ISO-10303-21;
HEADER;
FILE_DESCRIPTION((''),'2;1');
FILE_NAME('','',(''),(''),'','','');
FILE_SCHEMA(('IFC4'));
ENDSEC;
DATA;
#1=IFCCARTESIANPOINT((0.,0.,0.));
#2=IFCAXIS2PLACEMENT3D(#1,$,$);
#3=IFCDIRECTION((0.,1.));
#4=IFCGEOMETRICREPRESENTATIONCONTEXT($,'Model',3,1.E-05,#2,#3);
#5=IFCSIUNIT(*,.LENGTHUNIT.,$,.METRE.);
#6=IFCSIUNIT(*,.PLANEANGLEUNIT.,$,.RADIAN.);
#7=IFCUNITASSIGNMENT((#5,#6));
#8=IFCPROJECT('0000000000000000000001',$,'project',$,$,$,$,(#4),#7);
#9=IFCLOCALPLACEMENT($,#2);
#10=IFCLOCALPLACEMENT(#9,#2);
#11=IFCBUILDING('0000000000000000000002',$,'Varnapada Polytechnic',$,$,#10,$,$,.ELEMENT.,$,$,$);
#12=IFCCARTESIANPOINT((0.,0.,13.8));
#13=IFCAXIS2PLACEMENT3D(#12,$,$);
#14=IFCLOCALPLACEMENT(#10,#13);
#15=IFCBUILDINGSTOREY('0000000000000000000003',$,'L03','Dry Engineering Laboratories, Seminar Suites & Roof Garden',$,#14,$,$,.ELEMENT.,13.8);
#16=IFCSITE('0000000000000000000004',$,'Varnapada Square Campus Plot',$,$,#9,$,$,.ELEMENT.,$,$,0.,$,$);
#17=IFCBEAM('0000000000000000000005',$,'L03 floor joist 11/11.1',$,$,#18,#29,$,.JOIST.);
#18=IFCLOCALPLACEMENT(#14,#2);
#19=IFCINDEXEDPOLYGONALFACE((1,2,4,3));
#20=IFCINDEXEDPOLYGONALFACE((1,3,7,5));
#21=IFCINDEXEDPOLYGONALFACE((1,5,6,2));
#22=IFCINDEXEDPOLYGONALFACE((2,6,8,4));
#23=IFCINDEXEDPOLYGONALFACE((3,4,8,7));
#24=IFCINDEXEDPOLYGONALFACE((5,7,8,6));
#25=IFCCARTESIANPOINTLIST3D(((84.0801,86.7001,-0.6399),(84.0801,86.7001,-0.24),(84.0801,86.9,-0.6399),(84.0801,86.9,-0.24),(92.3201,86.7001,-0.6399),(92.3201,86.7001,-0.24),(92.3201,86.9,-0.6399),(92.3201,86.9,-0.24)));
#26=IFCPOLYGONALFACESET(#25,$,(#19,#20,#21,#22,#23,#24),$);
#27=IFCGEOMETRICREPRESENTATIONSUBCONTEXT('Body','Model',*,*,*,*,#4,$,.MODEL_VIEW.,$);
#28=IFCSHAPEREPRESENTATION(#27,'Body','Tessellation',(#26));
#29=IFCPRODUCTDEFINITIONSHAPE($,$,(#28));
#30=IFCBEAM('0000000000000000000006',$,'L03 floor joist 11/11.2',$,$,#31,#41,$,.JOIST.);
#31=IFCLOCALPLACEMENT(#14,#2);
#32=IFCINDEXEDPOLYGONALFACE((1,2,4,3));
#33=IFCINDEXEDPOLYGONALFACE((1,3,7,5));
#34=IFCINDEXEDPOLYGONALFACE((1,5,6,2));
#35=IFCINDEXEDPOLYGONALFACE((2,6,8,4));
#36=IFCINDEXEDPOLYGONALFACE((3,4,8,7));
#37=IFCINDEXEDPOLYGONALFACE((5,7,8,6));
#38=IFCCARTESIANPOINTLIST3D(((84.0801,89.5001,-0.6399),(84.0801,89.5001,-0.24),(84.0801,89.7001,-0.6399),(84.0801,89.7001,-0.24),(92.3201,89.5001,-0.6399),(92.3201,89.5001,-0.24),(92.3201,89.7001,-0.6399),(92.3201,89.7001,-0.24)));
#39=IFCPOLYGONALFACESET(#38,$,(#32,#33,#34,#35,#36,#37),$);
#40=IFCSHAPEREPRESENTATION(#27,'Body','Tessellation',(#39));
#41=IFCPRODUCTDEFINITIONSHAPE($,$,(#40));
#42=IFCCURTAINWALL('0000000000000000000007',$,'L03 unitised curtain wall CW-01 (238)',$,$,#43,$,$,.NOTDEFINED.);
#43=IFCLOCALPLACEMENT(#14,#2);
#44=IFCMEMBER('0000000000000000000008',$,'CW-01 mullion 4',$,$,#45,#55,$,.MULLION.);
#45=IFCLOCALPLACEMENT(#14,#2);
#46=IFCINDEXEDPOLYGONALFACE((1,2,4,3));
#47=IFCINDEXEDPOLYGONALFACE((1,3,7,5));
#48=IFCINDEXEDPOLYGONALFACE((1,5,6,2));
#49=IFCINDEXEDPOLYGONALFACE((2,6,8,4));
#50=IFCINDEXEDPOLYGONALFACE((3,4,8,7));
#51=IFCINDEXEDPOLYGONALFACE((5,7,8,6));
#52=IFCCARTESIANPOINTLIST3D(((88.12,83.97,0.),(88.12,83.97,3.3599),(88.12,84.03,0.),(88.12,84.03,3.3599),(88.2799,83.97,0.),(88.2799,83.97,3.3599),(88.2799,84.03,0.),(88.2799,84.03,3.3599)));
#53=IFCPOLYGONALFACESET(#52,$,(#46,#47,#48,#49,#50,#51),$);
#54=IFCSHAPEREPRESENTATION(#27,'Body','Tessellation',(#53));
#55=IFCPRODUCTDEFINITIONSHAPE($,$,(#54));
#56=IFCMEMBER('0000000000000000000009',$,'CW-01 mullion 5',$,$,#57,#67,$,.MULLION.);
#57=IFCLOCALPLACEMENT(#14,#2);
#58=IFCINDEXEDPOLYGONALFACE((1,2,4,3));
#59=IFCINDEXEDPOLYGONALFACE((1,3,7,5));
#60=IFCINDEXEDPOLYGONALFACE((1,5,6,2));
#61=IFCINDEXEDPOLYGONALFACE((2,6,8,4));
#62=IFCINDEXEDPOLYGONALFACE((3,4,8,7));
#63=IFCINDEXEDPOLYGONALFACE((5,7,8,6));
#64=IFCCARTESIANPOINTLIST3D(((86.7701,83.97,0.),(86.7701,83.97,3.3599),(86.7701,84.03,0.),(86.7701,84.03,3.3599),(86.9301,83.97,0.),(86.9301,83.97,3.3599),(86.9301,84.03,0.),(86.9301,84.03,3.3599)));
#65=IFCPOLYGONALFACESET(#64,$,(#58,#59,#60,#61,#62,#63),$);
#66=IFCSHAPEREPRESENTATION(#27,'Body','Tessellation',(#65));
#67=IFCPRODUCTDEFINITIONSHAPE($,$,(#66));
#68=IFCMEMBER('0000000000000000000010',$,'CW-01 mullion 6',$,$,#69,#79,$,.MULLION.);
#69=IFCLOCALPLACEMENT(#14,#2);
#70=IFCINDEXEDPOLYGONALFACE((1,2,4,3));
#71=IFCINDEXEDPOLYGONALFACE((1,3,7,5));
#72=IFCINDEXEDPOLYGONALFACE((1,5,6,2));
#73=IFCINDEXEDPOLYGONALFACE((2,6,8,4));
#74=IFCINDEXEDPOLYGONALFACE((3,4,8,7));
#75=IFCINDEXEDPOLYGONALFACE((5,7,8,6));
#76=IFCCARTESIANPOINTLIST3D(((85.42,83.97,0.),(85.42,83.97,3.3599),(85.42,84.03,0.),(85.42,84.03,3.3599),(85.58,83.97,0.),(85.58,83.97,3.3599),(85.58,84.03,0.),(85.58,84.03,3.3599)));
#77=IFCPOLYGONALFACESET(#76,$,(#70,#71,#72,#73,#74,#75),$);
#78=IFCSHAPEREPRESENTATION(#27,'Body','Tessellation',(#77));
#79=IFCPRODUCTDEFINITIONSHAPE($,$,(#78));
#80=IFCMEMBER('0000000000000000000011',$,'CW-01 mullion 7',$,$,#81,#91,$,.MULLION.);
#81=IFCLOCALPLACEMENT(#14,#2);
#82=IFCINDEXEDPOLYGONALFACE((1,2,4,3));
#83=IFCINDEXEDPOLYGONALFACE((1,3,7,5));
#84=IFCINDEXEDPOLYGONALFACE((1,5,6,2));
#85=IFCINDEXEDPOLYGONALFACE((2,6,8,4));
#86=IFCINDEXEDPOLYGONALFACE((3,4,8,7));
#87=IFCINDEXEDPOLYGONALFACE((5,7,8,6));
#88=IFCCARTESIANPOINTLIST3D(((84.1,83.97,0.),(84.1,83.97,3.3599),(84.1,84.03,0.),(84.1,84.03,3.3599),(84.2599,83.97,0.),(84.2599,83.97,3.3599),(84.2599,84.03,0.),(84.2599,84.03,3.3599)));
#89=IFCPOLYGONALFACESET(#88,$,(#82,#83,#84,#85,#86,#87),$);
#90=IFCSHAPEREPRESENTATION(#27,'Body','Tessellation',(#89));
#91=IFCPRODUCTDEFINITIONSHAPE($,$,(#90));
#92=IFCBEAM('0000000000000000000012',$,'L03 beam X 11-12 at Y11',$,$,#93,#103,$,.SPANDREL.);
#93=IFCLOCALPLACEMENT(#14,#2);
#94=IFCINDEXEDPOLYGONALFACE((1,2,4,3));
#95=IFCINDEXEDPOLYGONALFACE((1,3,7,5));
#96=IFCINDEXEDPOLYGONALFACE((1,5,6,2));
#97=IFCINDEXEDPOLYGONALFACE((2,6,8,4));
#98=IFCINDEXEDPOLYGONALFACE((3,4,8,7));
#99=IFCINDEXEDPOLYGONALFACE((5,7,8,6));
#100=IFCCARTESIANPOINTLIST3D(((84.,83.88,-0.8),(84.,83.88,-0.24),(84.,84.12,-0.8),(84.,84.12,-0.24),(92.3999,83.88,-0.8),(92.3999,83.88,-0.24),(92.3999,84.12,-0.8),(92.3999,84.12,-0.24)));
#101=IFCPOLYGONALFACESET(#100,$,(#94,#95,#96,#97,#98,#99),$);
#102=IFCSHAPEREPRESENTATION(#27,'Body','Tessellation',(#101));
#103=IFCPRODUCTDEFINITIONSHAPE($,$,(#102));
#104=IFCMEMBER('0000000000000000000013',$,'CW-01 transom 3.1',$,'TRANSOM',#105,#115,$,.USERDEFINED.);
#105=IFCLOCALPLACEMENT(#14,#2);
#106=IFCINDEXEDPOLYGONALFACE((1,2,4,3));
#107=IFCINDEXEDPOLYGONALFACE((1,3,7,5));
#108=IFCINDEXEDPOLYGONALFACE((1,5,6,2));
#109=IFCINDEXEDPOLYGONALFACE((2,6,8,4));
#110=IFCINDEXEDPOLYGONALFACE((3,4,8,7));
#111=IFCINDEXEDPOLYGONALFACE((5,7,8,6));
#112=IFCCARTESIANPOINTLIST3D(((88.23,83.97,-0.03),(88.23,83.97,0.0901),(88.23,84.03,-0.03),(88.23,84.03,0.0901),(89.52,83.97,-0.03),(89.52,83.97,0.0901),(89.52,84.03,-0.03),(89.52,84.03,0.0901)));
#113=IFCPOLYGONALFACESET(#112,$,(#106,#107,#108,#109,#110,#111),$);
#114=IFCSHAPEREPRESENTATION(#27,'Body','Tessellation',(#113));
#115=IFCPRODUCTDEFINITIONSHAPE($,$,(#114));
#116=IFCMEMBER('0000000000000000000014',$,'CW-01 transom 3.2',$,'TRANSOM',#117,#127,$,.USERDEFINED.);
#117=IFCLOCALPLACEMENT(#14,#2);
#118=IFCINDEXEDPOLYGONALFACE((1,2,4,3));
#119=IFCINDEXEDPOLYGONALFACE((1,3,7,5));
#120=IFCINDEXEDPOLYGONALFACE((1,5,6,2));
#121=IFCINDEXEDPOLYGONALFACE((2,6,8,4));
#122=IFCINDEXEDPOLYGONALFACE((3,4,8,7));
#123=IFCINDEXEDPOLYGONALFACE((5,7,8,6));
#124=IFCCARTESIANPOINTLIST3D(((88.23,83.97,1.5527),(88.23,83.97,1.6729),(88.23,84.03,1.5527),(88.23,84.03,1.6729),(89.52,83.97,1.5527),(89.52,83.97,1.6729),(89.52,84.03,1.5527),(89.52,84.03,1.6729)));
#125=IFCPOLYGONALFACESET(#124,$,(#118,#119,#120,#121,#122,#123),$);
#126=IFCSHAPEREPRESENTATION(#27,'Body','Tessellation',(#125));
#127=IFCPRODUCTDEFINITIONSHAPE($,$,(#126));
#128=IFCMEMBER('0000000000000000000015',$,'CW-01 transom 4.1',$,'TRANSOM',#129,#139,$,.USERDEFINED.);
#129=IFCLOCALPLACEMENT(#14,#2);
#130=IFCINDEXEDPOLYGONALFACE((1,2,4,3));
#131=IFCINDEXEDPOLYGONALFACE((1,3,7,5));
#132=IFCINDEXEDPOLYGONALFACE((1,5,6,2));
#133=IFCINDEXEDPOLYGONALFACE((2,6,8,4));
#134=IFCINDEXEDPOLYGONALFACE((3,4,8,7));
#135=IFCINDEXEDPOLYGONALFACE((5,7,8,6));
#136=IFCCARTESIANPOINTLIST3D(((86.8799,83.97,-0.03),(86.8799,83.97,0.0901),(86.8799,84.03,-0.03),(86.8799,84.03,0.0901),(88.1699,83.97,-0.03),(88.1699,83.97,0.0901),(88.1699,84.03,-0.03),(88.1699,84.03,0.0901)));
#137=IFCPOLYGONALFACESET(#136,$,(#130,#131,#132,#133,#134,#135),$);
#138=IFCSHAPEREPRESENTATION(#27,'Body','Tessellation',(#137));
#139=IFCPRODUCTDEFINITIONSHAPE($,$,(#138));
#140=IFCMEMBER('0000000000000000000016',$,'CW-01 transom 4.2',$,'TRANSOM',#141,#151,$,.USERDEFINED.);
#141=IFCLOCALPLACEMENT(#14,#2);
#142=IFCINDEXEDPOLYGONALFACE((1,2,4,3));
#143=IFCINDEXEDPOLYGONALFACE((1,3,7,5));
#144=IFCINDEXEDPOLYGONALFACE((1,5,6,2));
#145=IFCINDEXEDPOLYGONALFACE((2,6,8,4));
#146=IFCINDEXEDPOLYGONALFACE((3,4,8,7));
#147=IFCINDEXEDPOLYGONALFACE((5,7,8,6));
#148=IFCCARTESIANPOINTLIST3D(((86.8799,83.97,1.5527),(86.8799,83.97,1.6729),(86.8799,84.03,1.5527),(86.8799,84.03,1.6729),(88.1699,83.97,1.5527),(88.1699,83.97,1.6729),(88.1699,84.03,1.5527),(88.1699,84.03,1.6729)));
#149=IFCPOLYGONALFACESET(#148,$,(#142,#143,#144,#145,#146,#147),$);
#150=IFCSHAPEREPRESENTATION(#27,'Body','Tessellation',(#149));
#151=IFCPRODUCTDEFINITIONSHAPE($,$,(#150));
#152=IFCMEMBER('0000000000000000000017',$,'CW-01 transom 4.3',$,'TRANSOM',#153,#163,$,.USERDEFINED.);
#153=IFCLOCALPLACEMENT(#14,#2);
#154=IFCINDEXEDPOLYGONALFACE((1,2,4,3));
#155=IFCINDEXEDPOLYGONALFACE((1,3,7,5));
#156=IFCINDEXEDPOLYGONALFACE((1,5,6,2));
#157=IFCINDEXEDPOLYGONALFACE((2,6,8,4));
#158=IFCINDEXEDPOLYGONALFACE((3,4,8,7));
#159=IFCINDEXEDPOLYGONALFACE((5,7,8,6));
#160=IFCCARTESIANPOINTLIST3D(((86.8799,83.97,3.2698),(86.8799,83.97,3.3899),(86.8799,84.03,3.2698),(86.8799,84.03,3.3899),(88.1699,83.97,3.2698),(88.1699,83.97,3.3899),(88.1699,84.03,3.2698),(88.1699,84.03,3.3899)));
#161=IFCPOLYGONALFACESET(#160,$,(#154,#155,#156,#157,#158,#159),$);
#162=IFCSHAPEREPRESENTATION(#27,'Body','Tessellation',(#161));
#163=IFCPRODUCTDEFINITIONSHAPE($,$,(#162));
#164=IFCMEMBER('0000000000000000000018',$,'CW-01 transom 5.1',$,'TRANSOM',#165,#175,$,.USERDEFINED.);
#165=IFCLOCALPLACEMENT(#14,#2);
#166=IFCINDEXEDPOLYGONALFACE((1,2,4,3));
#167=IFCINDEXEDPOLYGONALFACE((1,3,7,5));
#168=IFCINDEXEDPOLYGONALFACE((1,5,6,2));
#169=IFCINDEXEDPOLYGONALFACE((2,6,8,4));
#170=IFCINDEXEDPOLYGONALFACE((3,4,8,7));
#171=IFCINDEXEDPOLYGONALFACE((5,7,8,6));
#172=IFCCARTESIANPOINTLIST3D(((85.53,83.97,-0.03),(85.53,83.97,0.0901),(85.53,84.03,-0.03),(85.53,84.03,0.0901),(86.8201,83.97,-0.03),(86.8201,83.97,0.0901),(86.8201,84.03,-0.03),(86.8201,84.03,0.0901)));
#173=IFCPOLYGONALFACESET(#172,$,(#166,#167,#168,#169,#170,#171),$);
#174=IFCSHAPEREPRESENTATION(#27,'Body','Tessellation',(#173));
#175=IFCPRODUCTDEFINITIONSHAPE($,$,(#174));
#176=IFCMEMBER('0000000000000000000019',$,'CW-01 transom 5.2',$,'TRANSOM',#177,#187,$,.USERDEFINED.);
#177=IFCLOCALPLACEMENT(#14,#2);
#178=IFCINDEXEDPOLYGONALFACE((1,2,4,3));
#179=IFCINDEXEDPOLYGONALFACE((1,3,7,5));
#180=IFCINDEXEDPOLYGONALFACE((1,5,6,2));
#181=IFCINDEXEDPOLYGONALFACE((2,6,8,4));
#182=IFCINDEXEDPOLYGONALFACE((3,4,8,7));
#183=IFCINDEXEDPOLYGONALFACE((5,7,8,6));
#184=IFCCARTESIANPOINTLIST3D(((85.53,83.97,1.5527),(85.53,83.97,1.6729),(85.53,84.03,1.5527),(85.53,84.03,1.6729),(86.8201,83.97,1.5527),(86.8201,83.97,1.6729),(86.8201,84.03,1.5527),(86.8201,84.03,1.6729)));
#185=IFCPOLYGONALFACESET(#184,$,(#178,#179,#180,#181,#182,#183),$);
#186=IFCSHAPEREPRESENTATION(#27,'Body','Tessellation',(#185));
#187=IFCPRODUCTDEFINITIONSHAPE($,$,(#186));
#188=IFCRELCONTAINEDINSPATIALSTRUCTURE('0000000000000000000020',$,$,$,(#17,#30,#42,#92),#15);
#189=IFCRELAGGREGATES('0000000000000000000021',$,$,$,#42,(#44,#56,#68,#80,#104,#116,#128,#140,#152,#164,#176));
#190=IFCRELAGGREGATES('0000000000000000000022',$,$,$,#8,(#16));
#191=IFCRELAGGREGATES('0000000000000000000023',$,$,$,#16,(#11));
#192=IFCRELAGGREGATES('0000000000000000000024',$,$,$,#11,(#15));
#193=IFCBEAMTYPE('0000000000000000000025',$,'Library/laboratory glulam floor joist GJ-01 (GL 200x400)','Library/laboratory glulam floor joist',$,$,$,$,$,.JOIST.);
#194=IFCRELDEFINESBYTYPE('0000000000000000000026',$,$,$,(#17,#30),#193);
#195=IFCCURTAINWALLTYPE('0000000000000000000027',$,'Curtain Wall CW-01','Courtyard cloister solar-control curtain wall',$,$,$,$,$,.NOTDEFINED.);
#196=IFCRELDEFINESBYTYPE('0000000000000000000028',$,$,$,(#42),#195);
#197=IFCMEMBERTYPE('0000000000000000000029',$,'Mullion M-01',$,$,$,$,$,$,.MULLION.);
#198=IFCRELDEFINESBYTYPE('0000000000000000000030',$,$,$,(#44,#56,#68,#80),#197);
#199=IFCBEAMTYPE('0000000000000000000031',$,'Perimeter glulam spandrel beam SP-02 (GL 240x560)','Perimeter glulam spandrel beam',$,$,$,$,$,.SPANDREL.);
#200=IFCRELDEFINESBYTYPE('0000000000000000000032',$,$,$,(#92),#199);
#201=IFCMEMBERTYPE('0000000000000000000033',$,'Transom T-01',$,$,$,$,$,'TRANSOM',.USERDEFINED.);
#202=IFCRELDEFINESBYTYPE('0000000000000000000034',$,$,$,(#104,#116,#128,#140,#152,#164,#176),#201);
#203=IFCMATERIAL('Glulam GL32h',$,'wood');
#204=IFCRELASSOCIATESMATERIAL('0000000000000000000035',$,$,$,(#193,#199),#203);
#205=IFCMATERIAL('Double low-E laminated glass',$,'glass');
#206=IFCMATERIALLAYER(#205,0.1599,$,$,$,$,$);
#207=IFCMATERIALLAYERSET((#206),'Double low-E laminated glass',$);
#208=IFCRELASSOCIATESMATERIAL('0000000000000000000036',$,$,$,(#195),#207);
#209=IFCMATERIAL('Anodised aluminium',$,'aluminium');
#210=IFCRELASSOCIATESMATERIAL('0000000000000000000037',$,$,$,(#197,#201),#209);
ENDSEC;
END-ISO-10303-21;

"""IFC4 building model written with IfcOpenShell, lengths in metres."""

from ifc_helpers import new_model, si_unit, direction, frame, origin, origin_2d, place, context, subcontext, project, spatial, rectangle, extrude, material, layer, layer_set, material_profile, profile_set, type_object, element, aggregate, save


model = new_model("IFC4")

# Units and contexts
model_context = context("Model", 3, precision=1e-05, world=origin(), true_north=direction((0.0, 1.0)))
body_context = subcontext(model_context, "Body", "Model", "MODEL_VIEW")
ifc_project = project(units=[si_unit("LENGTHUNIT", "METRE"), si_unit("PLANEANGLEUNIT", "RADIAN")], contexts=[model_context])

# Site, building, storey
site_placement = place(None, origin())
site = spatial("IfcSite", under=ifc_project, at=site_placement, Name="Varnapada Square Campus Plot", CompositionType="ELEMENT", RefElevation=0.0)
building_placement = place(site_placement, origin())
building = spatial("IfcBuilding", under=site, at=building_placement, Name="Varnapada Polytechnic", CompositionType="ELEMENT")
storey_placement = place(building_placement, frame((0.0, 0.0, 13.8)))
storey = spatial("IfcBuildingStorey", under=building, at=storey_placement, Name="L03", Description="Dry Engineering Laboratories, Seminar Suites & Roof Garden", CompositionType="ELEMENT", Elevation=13.8)

# Beams
ifc_material_1 = material(Name="Glulam GL32h", Category="wood")
ifc_material_profile_1 = material_profile(ifc_material_1, rectangle(XDim=0.2, YDim=0.3999, at=origin_2d()), Name="GL 200x400")
ifc_profile_set_1 = profile_set([ifc_material_profile_1], Name="Glulam GL32h")
beam_type_1 = type_object("IfcBeamType", Name="Library/laboratory glulam floor joist GJ-01 (GL 200x400)", Description="Library/laboratory glulam floor joist", PredefinedType="JOIST", material=ifc_profile_set_1)
for number, where, z_axis, x_axis, name in (
    (1, (84.0801, 86.8, -0.4399), (1.0, 0.0, 0.0), (0.0, 1.0, 0.0), "L03 floor joist 11/11.1"),
    (2, (84.0801, 89.6001, -0.4399), (1.0, 0.0, 0.0), (0.0, 1.0, 0.0), "L03 floor joist 11/11.2"),
):
    element("IfcBeam", number, at=place(storey_placement, frame(where, z_axis=z_axis, x_axis=x_axis)), inside=storey, type_object=beam_type_1, Name=name, PredefinedType="JOIST", context=body_context, shape_type="SweptSolid", body=[
        extrude(rectangle(XDim=0.2, YDim=0.3999, at=origin_2d()), origin(), (0.0, 0.0, 1.0), 8.24),
    ])

# Curtain wall, members
ifc_material_2 = material(Name="Double low-E laminated glass", Category="glass")
ifc_layer_1 = layer(ifc_material_2, 0.1599)
ifc_layer_set_1 = layer_set([ifc_layer_1], Name="Double low-E laminated glass")
curtain_wall_type = type_object("IfcCurtainWallType", Name="Curtain Wall CW-01", Description="Courtyard cloister solar-control curtain wall", PredefinedType="NOTDEFINED", material=ifc_layer_set_1)
curtain_wall_placement = place(storey_placement, origin())
curtain_wall = element("IfcCurtainWall", 3, at=curtain_wall_placement, inside=storey, type_object=curtain_wall_type, Name="L03 unitised curtain wall CW-01 (238)", PredefinedType="NOTDEFINED")
ifc_material_3 = material(Name="Anodised aluminium", Category="aluminium")
ifc_material_profile_2 = material_profile(ifc_material_3, rectangle(XDim=0.0601, YDim=0.1599, at=origin_2d()), Name="ALU M60x160")
ifc_profile_set_2 = profile_set([ifc_material_profile_2], Name="Anodised aluminium")
member_type_1 = type_object("IfcMemberType", Name="Mullion M-01", PredefinedType="MULLION", material=ifc_profile_set_2)
member_1_placement = place(storey_placement, frame((88.2, 84.0, 0.0), z_axis=(0.0, 0.0, 1.0), x_axis=(0.0, -1.0, 0.0)))
member_1 = element("IfcMember", 4, at=member_1_placement, type_object=member_type_1, Name="CW-01 mullion 4", PredefinedType="MULLION", context=body_context, shape_type="SweptSolid", body=[
    extrude(rectangle(XDim=0.0601, YDim=0.1599, at=origin_2d()), origin(), (0.0, 0.0, 1.0), 3.3599),
])
member_2_placement = place(storey_placement, frame((86.8501, 84.0, 0.0), z_axis=(0.0, 0.0, 1.0), x_axis=(0.0, -1.0, 0.0)))
member_2 = element("IfcMember", 5, at=member_2_placement, type_object=member_type_1, Name="CW-01 mullion 5", PredefinedType="MULLION", context=body_context, shape_type="SweptSolid", body=[
    extrude(rectangle(XDim=0.0601, YDim=0.1599, at=origin_2d()), origin(), (0.0, 0.0, 1.0), 3.3599),
])
member_3_placement = place(storey_placement, frame((85.5, 84.0, 0.0), z_axis=(0.0, 0.0, 1.0), x_axis=(0.0, -1.0, 0.0)))
member_3 = element("IfcMember", 6, at=member_3_placement, type_object=member_type_1, Name="CW-01 mullion 6", PredefinedType="MULLION", context=body_context, shape_type="SweptSolid", body=[
    extrude(rectangle(XDim=0.0601, YDim=0.1599, at=origin_2d()), origin(), (0.0, 0.0, 1.0), 3.3599),
])
member_4_placement = place(storey_placement, frame((84.1799, 84.0, 0.0), z_axis=(0.0, 0.0, 1.0), x_axis=(0.0, -1.0, 0.0)))
member_4 = element("IfcMember", 7, at=member_4_placement, type_object=member_type_1, Name="CW-01 mullion 7", PredefinedType="MULLION", context=body_context, shape_type="SweptSolid", body=[
    extrude(rectangle(XDim=0.0601, YDim=0.1599, at=origin_2d()), origin(), (0.0, 0.0, 1.0), 3.3599),
])

# Beam
ifc_material_profile_3 = material_profile(ifc_material_1, rectangle(XDim=0.24, YDim=0.5601, at=origin_2d()), Name="GL 240x560")
ifc_profile_set_3 = profile_set([ifc_material_profile_3], Name="Glulam GL32h")
beam_type_2 = type_object("IfcBeamType", Name="Perimeter glulam spandrel beam SP-02 (GL 240x560)", Description="Perimeter glulam spandrel beam", PredefinedType="SPANDREL", material=ifc_profile_set_3)
beam_1_placement = place(storey_placement, frame((84.0, 84.0, -0.52), z_axis=(1.0, 0.0, 0.0), x_axis=(0.0, 1.0, 0.0)))
element("IfcBeam", 8, at=beam_1_placement, inside=storey, type_object=beam_type_2, Name="L03 beam X 11-12 at Y11", PredefinedType="SPANDREL", context=body_context, shape_type="SweptSolid", body=[
    extrude(rectangle(XDim=0.24, YDim=0.5601, at=origin_2d()), origin(), (0.0, 0.0, 1.0), 8.3999),
])

# Members
ifc_material_profile_4 = material_profile(ifc_material_3, rectangle(XDim=0.0601, YDim=0.1201, at=origin_2d()), Name="ALU T60x120")
ifc_profile_set_4 = profile_set([ifc_material_profile_4], Name="Anodised aluminium")
member_type_2 = type_object("IfcMemberType", Name="Transom T-01", ElementType="TRANSOM", PredefinedType="USERDEFINED", material=ifc_profile_set_4)
member_5_placement = place(storey_placement, frame((89.52, 84.0, 0.03), z_axis=(-1.0, 0.0, 0.0), x_axis=(0.0, -1.0, 0.0)))
member_5 = element("IfcMember", 9, at=member_5_placement, type_object=member_type_2, Name="CW-01 transom 3.1", ObjectType="TRANSOM", PredefinedType="USERDEFINED", context=body_context, shape_type="SweptSolid", body=[
    extrude(rectangle(XDim=0.0601, YDim=0.1201, at=origin_2d()), origin(), (0.0, 0.0, 1.0), 1.29),
])
member_6_placement = place(storey_placement, frame((89.52, 84.0, 1.6128), z_axis=(-1.0, 0.0, 0.0), x_axis=(0.0, -1.0, 0.0)))
member_6 = element("IfcMember", 10, at=member_6_placement, type_object=member_type_2, Name="CW-01 transom 3.2", ObjectType="TRANSOM", PredefinedType="USERDEFINED", context=body_context, shape_type="SweptSolid", body=[
    extrude(rectangle(XDim=0.0601, YDim=0.1201, at=origin_2d()), origin(), (0.0, 0.0, 1.0), 1.29),
])
member_7_placement = place(storey_placement, frame((88.1699, 84.0, 0.03), z_axis=(-1.0, 0.0, 0.0), x_axis=(0.0, -1.0, 0.0)))
member_7 = element("IfcMember", 11, at=member_7_placement, type_object=member_type_2, Name="CW-01 transom 4.1", ObjectType="TRANSOM", PredefinedType="USERDEFINED", context=body_context, shape_type="SweptSolid", body=[
    extrude(rectangle(XDim=0.0601, YDim=0.1201, at=origin_2d()), origin(), (0.0, 0.0, 1.0), 1.29),
])
member_8_placement = place(storey_placement, frame((88.1699, 84.0, 1.6128), z_axis=(-1.0, 0.0, 0.0), x_axis=(0.0, -1.0, 0.0)))
member_8 = element("IfcMember", 12, at=member_8_placement, type_object=member_type_2, Name="CW-01 transom 4.2", ObjectType="TRANSOM", PredefinedType="USERDEFINED", context=body_context, shape_type="SweptSolid", body=[
    extrude(rectangle(XDim=0.0601, YDim=0.1201, at=origin_2d()), origin(), (0.0, 0.0, 1.0), 1.29),
])
member_9_placement = place(storey_placement, frame((88.1699, 84.0, 3.3298), z_axis=(-1.0, 0.0, 0.0), x_axis=(0.0, -1.0, 0.0)))
member_9 = element("IfcMember", 13, at=member_9_placement, type_object=member_type_2, Name="CW-01 transom 4.3", ObjectType="TRANSOM", PredefinedType="USERDEFINED", context=body_context, shape_type="SweptSolid", body=[
    extrude(rectangle(XDim=0.0601, YDim=0.1201, at=origin_2d()), origin(), (0.0, 0.0, 1.0), 1.29),
])
member_10_placement = place(storey_placement, frame((86.8201, 84.0, 0.03), z_axis=(-1.0, 0.0, 0.0), x_axis=(0.0, -1.0, 0.0)))
member_10 = element("IfcMember", 14, at=member_10_placement, type_object=member_type_2, Name="CW-01 transom 5.1", ObjectType="TRANSOM", PredefinedType="USERDEFINED", context=body_context, shape_type="SweptSolid", body=[
    extrude(rectangle(XDim=0.0601, YDim=0.1201, at=origin_2d()), origin(), (0.0, 0.0, 1.0), 1.29),
])
member_11_placement = place(storey_placement, frame((86.8201, 84.0, 1.6128), z_axis=(-1.0, 0.0, 0.0), x_axis=(0.0, -1.0, 0.0)))
member_11 = element("IfcMember", 15, at=member_11_placement, type_object=member_type_2, Name="CW-01 transom 5.2", ObjectType="TRANSOM", PredefinedType="USERDEFINED", context=body_context, shape_type="SweptSolid", body=[
    extrude(rectangle(XDim=0.0601, YDim=0.1201, at=origin_2d()), origin(), (0.0, 0.0, 1.0), 1.29),
])

aggregate(curtain_wall, [member_1, member_2, member_3, member_4, member_5, member_6, member_7, member_8, member_9, member_10, member_11])

save(model, "model.ifc")
